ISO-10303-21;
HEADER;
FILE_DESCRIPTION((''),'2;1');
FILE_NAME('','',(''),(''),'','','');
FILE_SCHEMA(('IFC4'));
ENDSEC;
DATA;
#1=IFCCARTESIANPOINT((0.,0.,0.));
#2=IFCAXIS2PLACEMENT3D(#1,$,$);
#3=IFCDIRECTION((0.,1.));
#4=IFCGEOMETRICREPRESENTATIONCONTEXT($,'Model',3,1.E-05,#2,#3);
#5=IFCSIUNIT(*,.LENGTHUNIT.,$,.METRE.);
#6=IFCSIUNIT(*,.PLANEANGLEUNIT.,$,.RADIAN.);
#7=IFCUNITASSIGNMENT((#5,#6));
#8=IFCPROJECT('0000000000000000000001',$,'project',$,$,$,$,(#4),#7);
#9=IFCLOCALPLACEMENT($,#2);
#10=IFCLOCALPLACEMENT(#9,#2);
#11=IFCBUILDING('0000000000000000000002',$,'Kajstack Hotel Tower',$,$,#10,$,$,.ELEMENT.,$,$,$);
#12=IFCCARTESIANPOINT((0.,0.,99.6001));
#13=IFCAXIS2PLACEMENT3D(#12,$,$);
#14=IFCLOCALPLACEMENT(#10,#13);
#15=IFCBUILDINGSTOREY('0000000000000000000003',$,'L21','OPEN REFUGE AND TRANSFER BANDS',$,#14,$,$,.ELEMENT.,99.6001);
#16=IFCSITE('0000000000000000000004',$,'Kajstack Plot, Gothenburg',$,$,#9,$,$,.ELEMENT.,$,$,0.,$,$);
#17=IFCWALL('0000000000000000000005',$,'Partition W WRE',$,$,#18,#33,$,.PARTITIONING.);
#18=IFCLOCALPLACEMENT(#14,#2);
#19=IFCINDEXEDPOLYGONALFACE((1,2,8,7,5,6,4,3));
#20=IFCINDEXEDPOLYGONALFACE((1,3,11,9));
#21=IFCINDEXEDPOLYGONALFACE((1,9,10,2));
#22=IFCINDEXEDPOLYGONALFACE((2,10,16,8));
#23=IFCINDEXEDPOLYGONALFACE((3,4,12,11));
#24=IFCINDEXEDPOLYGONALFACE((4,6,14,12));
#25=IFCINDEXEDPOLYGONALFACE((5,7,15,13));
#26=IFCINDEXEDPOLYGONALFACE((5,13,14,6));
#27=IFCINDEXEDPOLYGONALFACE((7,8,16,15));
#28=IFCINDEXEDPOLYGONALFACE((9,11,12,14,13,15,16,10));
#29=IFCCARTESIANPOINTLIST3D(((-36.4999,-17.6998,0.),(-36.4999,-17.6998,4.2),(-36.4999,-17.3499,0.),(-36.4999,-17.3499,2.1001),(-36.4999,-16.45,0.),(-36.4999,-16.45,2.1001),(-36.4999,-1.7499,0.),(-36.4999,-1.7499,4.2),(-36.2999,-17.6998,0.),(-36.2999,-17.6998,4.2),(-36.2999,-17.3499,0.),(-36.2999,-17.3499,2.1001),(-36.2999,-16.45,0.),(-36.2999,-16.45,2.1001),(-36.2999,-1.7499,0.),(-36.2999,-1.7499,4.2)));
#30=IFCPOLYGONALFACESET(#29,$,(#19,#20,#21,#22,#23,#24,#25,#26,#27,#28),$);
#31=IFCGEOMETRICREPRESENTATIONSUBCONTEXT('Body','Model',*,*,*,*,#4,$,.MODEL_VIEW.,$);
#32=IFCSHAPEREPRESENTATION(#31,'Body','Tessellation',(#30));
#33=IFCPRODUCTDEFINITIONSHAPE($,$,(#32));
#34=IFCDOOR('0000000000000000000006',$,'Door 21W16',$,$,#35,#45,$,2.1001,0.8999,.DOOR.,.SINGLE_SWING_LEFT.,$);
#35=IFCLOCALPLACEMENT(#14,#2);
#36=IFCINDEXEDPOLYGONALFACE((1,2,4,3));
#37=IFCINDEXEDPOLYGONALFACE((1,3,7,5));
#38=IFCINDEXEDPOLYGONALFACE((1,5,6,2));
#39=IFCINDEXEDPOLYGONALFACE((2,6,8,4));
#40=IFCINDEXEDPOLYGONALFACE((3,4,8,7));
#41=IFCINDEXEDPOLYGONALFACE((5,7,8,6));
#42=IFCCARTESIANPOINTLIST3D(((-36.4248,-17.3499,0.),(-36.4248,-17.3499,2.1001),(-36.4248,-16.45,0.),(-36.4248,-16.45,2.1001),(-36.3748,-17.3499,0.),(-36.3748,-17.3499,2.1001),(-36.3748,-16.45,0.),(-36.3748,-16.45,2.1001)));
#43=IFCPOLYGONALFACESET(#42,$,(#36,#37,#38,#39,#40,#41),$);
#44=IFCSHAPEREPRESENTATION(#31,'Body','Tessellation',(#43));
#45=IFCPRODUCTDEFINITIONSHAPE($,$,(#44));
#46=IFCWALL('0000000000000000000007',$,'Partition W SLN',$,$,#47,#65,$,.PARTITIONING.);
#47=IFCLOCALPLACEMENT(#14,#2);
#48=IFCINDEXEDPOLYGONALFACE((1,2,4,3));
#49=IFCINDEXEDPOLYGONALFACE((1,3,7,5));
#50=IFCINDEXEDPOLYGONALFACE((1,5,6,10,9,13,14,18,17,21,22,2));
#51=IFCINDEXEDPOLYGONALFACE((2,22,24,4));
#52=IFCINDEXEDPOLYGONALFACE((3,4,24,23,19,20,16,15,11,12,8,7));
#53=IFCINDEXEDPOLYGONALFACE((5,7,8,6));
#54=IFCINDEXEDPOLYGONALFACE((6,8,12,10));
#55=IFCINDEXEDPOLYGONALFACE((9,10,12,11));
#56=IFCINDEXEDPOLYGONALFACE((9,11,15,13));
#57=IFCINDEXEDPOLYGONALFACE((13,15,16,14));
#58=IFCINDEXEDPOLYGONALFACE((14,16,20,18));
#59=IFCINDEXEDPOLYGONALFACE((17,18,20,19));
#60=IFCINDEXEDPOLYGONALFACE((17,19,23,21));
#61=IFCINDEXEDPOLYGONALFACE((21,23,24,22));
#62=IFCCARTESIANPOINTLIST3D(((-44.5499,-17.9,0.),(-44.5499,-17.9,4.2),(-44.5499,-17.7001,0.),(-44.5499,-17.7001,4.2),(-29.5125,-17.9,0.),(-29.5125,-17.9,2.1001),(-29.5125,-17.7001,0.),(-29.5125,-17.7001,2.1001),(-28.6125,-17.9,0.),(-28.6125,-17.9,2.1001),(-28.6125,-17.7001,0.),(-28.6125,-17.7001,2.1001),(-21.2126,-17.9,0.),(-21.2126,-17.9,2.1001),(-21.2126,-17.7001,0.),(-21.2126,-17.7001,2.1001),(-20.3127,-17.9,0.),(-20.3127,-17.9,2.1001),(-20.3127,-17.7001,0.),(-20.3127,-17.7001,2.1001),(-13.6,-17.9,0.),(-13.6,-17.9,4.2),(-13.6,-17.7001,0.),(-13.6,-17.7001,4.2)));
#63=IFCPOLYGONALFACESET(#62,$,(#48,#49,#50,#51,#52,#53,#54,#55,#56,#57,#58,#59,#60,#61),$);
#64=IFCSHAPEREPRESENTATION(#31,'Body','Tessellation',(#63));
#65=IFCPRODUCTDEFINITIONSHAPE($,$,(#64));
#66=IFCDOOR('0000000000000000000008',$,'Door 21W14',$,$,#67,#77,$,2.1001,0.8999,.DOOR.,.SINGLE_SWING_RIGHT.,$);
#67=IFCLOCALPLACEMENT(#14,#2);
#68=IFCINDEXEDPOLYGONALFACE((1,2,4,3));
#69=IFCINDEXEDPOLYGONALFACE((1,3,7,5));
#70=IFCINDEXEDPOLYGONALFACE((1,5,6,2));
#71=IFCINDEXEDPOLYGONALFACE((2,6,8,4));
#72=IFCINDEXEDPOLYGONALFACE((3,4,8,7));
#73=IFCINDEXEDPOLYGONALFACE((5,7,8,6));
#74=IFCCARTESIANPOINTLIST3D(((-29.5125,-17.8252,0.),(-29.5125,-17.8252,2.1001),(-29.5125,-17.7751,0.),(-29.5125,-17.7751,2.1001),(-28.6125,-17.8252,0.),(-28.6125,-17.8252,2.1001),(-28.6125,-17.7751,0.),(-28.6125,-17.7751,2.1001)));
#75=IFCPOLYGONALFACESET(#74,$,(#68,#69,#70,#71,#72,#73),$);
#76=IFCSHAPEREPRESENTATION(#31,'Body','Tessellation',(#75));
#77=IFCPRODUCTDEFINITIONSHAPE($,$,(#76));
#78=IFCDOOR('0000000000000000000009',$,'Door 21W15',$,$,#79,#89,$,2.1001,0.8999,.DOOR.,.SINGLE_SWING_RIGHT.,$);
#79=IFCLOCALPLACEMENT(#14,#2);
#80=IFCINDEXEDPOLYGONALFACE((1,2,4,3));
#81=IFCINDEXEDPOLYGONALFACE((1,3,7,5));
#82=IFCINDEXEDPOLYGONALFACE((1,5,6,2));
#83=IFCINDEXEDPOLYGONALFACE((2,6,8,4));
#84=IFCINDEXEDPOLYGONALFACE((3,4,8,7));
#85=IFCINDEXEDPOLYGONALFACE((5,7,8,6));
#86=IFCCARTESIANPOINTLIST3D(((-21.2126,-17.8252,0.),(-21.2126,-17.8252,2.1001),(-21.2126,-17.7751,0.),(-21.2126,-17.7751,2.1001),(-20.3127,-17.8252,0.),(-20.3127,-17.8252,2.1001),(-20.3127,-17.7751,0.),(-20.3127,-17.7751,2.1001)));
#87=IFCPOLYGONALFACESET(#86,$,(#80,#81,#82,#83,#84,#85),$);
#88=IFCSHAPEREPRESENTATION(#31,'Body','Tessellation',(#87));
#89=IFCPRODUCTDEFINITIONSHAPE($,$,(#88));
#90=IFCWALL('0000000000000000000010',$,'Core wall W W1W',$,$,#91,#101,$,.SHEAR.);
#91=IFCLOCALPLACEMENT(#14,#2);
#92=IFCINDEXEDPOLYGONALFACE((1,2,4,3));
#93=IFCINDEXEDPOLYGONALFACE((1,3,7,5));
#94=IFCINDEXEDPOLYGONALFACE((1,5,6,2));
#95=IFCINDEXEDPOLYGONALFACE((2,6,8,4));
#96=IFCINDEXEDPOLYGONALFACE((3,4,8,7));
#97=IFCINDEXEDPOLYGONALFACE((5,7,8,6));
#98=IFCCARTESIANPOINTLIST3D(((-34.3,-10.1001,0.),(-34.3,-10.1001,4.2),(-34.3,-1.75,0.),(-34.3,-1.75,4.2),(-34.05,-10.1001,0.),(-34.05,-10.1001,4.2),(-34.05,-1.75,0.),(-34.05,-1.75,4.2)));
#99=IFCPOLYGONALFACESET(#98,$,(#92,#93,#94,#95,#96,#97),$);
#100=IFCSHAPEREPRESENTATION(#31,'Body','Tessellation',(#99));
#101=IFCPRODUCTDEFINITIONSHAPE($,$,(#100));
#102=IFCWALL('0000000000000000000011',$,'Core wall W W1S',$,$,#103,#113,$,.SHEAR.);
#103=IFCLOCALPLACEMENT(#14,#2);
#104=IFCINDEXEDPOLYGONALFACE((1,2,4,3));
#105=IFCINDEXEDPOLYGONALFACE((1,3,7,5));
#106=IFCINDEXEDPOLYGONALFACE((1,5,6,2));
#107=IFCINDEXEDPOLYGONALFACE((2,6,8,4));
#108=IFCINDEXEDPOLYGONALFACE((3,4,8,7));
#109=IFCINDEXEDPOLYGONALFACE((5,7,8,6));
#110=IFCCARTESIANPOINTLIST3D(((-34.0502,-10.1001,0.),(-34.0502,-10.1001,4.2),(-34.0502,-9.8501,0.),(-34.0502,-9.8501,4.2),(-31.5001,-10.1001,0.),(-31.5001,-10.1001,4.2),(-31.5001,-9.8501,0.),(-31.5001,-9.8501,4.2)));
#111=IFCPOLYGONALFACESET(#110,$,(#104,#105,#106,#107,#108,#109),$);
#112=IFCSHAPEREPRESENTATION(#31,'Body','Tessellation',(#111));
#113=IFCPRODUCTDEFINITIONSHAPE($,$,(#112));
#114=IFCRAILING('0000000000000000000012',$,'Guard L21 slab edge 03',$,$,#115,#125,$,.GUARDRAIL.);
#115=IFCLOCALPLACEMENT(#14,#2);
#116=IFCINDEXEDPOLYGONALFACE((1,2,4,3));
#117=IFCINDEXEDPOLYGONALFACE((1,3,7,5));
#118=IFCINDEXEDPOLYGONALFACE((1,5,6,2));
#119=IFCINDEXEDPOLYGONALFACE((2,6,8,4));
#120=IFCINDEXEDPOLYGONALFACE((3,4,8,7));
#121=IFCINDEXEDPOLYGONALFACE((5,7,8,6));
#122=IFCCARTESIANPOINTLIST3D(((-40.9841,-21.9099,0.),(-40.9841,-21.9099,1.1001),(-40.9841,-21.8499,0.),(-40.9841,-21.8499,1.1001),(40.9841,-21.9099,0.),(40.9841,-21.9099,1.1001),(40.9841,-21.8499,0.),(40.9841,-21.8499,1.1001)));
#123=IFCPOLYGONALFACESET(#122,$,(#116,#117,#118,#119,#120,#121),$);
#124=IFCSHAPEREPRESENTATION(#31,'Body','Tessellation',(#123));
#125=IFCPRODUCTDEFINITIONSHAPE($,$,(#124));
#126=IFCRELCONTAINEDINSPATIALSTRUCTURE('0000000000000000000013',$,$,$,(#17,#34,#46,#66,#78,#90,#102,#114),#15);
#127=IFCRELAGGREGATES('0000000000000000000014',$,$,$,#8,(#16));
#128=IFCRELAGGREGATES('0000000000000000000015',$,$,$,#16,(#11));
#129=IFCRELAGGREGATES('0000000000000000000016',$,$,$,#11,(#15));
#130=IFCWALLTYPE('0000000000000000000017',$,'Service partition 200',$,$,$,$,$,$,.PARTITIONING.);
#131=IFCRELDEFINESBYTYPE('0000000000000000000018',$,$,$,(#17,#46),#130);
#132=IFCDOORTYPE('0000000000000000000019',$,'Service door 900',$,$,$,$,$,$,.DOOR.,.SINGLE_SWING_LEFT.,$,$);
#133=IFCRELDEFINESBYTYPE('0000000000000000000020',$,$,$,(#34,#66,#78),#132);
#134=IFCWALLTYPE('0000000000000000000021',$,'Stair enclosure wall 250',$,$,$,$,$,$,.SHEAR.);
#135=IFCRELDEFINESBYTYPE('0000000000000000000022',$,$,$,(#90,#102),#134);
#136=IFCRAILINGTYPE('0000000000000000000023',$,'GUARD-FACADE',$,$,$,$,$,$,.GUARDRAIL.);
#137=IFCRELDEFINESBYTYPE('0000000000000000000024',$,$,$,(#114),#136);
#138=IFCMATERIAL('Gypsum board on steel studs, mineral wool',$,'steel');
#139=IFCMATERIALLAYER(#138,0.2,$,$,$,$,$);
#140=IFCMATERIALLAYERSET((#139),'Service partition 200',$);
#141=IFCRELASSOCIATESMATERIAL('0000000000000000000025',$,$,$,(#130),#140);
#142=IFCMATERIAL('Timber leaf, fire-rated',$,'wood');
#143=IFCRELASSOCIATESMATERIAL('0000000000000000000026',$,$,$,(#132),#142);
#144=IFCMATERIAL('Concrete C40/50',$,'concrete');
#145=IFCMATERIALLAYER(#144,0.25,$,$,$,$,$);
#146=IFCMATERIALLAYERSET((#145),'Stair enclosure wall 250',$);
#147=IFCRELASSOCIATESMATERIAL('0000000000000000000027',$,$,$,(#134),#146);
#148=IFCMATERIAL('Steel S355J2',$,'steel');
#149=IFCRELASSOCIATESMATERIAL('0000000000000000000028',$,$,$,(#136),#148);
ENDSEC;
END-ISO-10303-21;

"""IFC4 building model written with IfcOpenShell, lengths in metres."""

from ifc_helpers import new_model, si_unit, direction, frame, frame_2d, origin, place, context, subcontext, project, spatial, polyline, rectangle, outline, extrude, material, layer, layer_set, type_object, element, fill, save


model = new_model("IFC4")

# Units and contexts
model_context = context("Model", 3, precision=1e-05, world=origin(), true_north=direction((0.0, 1.0)))
body_context = subcontext(model_context, "Body", "Model", "MODEL_VIEW")
ifc_project = project(units=[si_unit("LENGTHUNIT", "METRE"), si_unit("PLANEANGLEUNIT", "RADIAN")], contexts=[model_context])

# Site, building, storey
site_placement = place(None, origin())
site = spatial("IfcSite", under=ifc_project, at=site_placement, Name="Kajstack Plot, Gothenburg", CompositionType="ELEMENT", RefElevation=0.0)
building_placement = place(site_placement, origin())
building = spatial("IfcBuilding", under=site, at=building_placement, Name="Kajstack Hotel Tower", CompositionType="ELEMENT")
storey_placement = place(building_placement, frame((0.0, 0.0, 99.6001)))
storey = spatial("IfcBuildingStorey", under=building, at=storey_placement, Name="L21", Description="OPEN REFUGE AND TRANSFER BANDS", CompositionType="ELEMENT", Elevation=99.6001)

# Wall, opening, door
ifc_material_1 = material(Name="Gypsum board on steel studs, mineral wool", Category="steel")
ifc_layer_1 = layer(ifc_material_1, 0.2)
ifc_layer_set_1 = layer_set([ifc_layer_1], Name="Service partition 200")
wall_type_1 = type_object("IfcWallType", Name="Service partition 200", PredefinedType="PARTITIONING", material=ifc_layer_set_1)
wall_1_placement = place(storey_placement, frame((-36.3999, -17.7, 0.0), z_axis=(0.0, 0.0, 1.0), x_axis=(0.0, 1.0, 0.0)))
wall_1 = element("IfcWall", 1, at=wall_1_placement, inside=storey, type_object=wall_type_1, Name="Partition W WRE", PredefinedType="PARTITIONING", context=body_context, shape_type="SweptSolid", body=[
    extrude(rectangle(XDim=15.95, YDim=0.2, at=frame_2d((7.9751, 0.0))), origin(), (0.0, 0.0, 1.0), 4.2),
])
opening_1_placement = place(wall_1_placement, frame((0.3501, 0.0, 0.0)))
opening_1 = element("IfcOpeningElement", 2, at=opening_1_placement, cuts=wall_1, PredefinedType="OPENING", context=body_context, shape_type="SweptSolid", body=[
    extrude(rectangle(XDim=0.8999, YDim=2.1001, at=frame_2d((0.45, 1.05))), frame((0.0, 0.1099, 0.0), z_axis=(0.0, -1.0, 0.0), x_axis=(1.0, 0.0, 0.0)), (0.0, 0.0, 1.0), 0.22),
])
ifc_material_2 = material(Name="Timber leaf, fire-rated", Category="wood")
door_type = type_object("IfcDoorType", Name="Service door 900", OperationType="SINGLE_SWING_LEFT", PredefinedType="DOOR", material=ifc_material_2)
door_1_placement = place(opening_1_placement, origin())
door_1 = element("IfcDoor", 3, at=door_1_placement, inside=storey, type_object=door_type, Name="Door 21W16", OperationType="SINGLE_SWING_LEFT", OverallHeight=2.1001, OverallWidth=0.8999, PredefinedType="DOOR", context=body_context, shape_type="SweptSolid", body=[
    extrude(rectangle(XDim=0.8999, YDim=2.1001, at=frame_2d((0.45, 1.05))), frame((0.0, 0.0249, 0.0), z_axis=(0.0, -1.0, 0.0), x_axis=(1.0, 0.0, 0.0)), (0.0, 0.0, 1.0), 0.05),
])
fill(opening_1, door_1)

# Wall, openings, doors
wall_2_placement = place(storey_placement, frame((-44.55, -17.8, 0.0), z_axis=(0.0, 0.0, 1.0), x_axis=(1.0, 0.0, 0.0)))
wall_2 = element("IfcWall", 4, at=wall_2_placement, inside=storey, type_object=wall_type_1, Name="Partition W SLN", PredefinedType="PARTITIONING", context=body_context, shape_type="SweptSolid", body=[
    extrude(rectangle(XDim=30.95, YDim=0.2, at=frame_2d((15.4751, 0.0))), origin(), (0.0, 0.0, 1.0), 4.2),
])
opening_2_placement = place(wall_2_placement, frame((15.0376, 0.0, 0.0)))
opening_2 = element("IfcOpeningElement", 5, at=opening_2_placement, cuts=wall_2, PredefinedType="OPENING", context=body_context, shape_type="SweptSolid", body=[
    extrude(rectangle(XDim=0.8999, YDim=2.1001, at=frame_2d((0.45, 1.05))), frame((0.0, 0.1099, 0.0), z_axis=(0.0, -1.0, 0.0), x_axis=(1.0, 0.0, 0.0)), (0.0, 0.0, 1.0), 0.22),
])
opening_3_placement = place(wall_2_placement, frame((23.3374, 0.0, 0.0)))
opening_3 = element("IfcOpeningElement", 6, at=opening_3_placement, cuts=wall_2, PredefinedType="OPENING", context=body_context, shape_type="SweptSolid", body=[
    extrude(rectangle(XDim=0.8999, YDim=2.1001, at=frame_2d((0.45, 1.05))), frame((0.0, 0.1099, 0.0), z_axis=(0.0, -1.0, 0.0), x_axis=(1.0, 0.0, 0.0)), (0.0, 0.0, 1.0), 0.22),
])
door_2_placement = place(opening_2_placement, origin())
door_2 = element("IfcDoor", 7, at=door_2_placement, inside=storey, type_object=door_type, Name="Door 21W14", OperationType="SINGLE_SWING_RIGHT", OverallHeight=2.1001, OverallWidth=0.8999, PredefinedType="DOOR", context=body_context, shape_type="SweptSolid", body=[
    extrude(rectangle(XDim=0.8999, YDim=2.1001, at=frame_2d((0.45, 1.05))), frame((0.0, 0.0249, 0.0), z_axis=(0.0, -1.0, 0.0), x_axis=(1.0, 0.0, 0.0)), (0.0, 0.0, 1.0), 0.05),
])
fill(opening_2, door_2)
door_3_placement = place(opening_3_placement, origin())
door_3 = element("IfcDoor", 8, at=door_3_placement, inside=storey, type_object=door_type, Name="Door 21W15", OperationType="SINGLE_SWING_RIGHT", OverallHeight=2.1001, OverallWidth=0.8999, PredefinedType="DOOR", context=body_context, shape_type="SweptSolid", body=[
    extrude(rectangle(XDim=0.8999, YDim=2.1001, at=frame_2d((0.45, 1.05))), frame((0.0, 0.0249, 0.0), z_axis=(0.0, -1.0, 0.0), x_axis=(1.0, 0.0, 0.0)), (0.0, 0.0, 1.0), 0.05),
])
fill(opening_3, door_3)

# Walls
ifc_material_3 = material(Name="Concrete C40/50", Category="concrete")
ifc_layer_2 = layer(ifc_material_3, 0.25)
ifc_layer_set_2 = layer_set([ifc_layer_2], Name="Stair enclosure wall 250")
wall_type_2 = type_object("IfcWallType", Name="Stair enclosure wall 250", PredefinedType="SHEAR", material=ifc_layer_set_2)
wall_3_placement = place(storey_placement, frame((-34.175, -10.1001, 0.0), z_axis=(0.0, 0.0, 1.0), x_axis=(0.0, 1.0, 0.0)))
element("IfcWall", 9, at=wall_3_placement, inside=storey, type_object=wall_type_2, Name="Core wall W W1W", PredefinedType="SHEAR", context=body_context, shape_type="SweptSolid", body=[
    extrude(rectangle(XDim=8.3501, YDim=0.25, at=frame_2d((4.175, 0.0))), origin(), (0.0, 0.0, 1.0), 4.2),
])
wall_4_placement = place(storey_placement, frame((-34.05, -9.9751, 0.0), z_axis=(0.0, 0.0, 1.0), x_axis=(1.0, 0.0, 0.0)))
element("IfcWall", 10, at=wall_4_placement, inside=storey, type_object=wall_type_2, Name="Core wall W W1S", PredefinedType="SHEAR", context=body_context, shape_type="SweptSolid", body=[
    extrude(rectangle(XDim=2.55, YDim=0.25, at=frame_2d((1.2749, 0.0))), origin(), (0.0, 0.0, 1.0), 4.2),
])

# Railing
ifc_material_4 = material(Name="Steel S355J2", Category="steel")
railing_type_1 = type_object("IfcRailingType", Name="GUARD-FACADE", PredefinedType="GUARDRAIL", material=ifc_material_4)
railing_1_placement = place(storey_placement, frame((-40.9841, -21.8799, 0.0)))
element("IfcRailing", 11, at=railing_1_placement, inside=storey, type_object=railing_type_1, Name="Guard L21 slab edge 03", PredefinedType="GUARDRAIL", context=body_context, shape_type="SweptSolid", body=[
    extrude(outline(polyline([(81.9683, 0.03), (81.9683, -0.03), (0.0, -0.03), (0.0, 0.03), (81.9683, 0.03)])), origin(), (0.0, 0.0, 1.0), 1.1001),
])

save(model, "model.ifc")
